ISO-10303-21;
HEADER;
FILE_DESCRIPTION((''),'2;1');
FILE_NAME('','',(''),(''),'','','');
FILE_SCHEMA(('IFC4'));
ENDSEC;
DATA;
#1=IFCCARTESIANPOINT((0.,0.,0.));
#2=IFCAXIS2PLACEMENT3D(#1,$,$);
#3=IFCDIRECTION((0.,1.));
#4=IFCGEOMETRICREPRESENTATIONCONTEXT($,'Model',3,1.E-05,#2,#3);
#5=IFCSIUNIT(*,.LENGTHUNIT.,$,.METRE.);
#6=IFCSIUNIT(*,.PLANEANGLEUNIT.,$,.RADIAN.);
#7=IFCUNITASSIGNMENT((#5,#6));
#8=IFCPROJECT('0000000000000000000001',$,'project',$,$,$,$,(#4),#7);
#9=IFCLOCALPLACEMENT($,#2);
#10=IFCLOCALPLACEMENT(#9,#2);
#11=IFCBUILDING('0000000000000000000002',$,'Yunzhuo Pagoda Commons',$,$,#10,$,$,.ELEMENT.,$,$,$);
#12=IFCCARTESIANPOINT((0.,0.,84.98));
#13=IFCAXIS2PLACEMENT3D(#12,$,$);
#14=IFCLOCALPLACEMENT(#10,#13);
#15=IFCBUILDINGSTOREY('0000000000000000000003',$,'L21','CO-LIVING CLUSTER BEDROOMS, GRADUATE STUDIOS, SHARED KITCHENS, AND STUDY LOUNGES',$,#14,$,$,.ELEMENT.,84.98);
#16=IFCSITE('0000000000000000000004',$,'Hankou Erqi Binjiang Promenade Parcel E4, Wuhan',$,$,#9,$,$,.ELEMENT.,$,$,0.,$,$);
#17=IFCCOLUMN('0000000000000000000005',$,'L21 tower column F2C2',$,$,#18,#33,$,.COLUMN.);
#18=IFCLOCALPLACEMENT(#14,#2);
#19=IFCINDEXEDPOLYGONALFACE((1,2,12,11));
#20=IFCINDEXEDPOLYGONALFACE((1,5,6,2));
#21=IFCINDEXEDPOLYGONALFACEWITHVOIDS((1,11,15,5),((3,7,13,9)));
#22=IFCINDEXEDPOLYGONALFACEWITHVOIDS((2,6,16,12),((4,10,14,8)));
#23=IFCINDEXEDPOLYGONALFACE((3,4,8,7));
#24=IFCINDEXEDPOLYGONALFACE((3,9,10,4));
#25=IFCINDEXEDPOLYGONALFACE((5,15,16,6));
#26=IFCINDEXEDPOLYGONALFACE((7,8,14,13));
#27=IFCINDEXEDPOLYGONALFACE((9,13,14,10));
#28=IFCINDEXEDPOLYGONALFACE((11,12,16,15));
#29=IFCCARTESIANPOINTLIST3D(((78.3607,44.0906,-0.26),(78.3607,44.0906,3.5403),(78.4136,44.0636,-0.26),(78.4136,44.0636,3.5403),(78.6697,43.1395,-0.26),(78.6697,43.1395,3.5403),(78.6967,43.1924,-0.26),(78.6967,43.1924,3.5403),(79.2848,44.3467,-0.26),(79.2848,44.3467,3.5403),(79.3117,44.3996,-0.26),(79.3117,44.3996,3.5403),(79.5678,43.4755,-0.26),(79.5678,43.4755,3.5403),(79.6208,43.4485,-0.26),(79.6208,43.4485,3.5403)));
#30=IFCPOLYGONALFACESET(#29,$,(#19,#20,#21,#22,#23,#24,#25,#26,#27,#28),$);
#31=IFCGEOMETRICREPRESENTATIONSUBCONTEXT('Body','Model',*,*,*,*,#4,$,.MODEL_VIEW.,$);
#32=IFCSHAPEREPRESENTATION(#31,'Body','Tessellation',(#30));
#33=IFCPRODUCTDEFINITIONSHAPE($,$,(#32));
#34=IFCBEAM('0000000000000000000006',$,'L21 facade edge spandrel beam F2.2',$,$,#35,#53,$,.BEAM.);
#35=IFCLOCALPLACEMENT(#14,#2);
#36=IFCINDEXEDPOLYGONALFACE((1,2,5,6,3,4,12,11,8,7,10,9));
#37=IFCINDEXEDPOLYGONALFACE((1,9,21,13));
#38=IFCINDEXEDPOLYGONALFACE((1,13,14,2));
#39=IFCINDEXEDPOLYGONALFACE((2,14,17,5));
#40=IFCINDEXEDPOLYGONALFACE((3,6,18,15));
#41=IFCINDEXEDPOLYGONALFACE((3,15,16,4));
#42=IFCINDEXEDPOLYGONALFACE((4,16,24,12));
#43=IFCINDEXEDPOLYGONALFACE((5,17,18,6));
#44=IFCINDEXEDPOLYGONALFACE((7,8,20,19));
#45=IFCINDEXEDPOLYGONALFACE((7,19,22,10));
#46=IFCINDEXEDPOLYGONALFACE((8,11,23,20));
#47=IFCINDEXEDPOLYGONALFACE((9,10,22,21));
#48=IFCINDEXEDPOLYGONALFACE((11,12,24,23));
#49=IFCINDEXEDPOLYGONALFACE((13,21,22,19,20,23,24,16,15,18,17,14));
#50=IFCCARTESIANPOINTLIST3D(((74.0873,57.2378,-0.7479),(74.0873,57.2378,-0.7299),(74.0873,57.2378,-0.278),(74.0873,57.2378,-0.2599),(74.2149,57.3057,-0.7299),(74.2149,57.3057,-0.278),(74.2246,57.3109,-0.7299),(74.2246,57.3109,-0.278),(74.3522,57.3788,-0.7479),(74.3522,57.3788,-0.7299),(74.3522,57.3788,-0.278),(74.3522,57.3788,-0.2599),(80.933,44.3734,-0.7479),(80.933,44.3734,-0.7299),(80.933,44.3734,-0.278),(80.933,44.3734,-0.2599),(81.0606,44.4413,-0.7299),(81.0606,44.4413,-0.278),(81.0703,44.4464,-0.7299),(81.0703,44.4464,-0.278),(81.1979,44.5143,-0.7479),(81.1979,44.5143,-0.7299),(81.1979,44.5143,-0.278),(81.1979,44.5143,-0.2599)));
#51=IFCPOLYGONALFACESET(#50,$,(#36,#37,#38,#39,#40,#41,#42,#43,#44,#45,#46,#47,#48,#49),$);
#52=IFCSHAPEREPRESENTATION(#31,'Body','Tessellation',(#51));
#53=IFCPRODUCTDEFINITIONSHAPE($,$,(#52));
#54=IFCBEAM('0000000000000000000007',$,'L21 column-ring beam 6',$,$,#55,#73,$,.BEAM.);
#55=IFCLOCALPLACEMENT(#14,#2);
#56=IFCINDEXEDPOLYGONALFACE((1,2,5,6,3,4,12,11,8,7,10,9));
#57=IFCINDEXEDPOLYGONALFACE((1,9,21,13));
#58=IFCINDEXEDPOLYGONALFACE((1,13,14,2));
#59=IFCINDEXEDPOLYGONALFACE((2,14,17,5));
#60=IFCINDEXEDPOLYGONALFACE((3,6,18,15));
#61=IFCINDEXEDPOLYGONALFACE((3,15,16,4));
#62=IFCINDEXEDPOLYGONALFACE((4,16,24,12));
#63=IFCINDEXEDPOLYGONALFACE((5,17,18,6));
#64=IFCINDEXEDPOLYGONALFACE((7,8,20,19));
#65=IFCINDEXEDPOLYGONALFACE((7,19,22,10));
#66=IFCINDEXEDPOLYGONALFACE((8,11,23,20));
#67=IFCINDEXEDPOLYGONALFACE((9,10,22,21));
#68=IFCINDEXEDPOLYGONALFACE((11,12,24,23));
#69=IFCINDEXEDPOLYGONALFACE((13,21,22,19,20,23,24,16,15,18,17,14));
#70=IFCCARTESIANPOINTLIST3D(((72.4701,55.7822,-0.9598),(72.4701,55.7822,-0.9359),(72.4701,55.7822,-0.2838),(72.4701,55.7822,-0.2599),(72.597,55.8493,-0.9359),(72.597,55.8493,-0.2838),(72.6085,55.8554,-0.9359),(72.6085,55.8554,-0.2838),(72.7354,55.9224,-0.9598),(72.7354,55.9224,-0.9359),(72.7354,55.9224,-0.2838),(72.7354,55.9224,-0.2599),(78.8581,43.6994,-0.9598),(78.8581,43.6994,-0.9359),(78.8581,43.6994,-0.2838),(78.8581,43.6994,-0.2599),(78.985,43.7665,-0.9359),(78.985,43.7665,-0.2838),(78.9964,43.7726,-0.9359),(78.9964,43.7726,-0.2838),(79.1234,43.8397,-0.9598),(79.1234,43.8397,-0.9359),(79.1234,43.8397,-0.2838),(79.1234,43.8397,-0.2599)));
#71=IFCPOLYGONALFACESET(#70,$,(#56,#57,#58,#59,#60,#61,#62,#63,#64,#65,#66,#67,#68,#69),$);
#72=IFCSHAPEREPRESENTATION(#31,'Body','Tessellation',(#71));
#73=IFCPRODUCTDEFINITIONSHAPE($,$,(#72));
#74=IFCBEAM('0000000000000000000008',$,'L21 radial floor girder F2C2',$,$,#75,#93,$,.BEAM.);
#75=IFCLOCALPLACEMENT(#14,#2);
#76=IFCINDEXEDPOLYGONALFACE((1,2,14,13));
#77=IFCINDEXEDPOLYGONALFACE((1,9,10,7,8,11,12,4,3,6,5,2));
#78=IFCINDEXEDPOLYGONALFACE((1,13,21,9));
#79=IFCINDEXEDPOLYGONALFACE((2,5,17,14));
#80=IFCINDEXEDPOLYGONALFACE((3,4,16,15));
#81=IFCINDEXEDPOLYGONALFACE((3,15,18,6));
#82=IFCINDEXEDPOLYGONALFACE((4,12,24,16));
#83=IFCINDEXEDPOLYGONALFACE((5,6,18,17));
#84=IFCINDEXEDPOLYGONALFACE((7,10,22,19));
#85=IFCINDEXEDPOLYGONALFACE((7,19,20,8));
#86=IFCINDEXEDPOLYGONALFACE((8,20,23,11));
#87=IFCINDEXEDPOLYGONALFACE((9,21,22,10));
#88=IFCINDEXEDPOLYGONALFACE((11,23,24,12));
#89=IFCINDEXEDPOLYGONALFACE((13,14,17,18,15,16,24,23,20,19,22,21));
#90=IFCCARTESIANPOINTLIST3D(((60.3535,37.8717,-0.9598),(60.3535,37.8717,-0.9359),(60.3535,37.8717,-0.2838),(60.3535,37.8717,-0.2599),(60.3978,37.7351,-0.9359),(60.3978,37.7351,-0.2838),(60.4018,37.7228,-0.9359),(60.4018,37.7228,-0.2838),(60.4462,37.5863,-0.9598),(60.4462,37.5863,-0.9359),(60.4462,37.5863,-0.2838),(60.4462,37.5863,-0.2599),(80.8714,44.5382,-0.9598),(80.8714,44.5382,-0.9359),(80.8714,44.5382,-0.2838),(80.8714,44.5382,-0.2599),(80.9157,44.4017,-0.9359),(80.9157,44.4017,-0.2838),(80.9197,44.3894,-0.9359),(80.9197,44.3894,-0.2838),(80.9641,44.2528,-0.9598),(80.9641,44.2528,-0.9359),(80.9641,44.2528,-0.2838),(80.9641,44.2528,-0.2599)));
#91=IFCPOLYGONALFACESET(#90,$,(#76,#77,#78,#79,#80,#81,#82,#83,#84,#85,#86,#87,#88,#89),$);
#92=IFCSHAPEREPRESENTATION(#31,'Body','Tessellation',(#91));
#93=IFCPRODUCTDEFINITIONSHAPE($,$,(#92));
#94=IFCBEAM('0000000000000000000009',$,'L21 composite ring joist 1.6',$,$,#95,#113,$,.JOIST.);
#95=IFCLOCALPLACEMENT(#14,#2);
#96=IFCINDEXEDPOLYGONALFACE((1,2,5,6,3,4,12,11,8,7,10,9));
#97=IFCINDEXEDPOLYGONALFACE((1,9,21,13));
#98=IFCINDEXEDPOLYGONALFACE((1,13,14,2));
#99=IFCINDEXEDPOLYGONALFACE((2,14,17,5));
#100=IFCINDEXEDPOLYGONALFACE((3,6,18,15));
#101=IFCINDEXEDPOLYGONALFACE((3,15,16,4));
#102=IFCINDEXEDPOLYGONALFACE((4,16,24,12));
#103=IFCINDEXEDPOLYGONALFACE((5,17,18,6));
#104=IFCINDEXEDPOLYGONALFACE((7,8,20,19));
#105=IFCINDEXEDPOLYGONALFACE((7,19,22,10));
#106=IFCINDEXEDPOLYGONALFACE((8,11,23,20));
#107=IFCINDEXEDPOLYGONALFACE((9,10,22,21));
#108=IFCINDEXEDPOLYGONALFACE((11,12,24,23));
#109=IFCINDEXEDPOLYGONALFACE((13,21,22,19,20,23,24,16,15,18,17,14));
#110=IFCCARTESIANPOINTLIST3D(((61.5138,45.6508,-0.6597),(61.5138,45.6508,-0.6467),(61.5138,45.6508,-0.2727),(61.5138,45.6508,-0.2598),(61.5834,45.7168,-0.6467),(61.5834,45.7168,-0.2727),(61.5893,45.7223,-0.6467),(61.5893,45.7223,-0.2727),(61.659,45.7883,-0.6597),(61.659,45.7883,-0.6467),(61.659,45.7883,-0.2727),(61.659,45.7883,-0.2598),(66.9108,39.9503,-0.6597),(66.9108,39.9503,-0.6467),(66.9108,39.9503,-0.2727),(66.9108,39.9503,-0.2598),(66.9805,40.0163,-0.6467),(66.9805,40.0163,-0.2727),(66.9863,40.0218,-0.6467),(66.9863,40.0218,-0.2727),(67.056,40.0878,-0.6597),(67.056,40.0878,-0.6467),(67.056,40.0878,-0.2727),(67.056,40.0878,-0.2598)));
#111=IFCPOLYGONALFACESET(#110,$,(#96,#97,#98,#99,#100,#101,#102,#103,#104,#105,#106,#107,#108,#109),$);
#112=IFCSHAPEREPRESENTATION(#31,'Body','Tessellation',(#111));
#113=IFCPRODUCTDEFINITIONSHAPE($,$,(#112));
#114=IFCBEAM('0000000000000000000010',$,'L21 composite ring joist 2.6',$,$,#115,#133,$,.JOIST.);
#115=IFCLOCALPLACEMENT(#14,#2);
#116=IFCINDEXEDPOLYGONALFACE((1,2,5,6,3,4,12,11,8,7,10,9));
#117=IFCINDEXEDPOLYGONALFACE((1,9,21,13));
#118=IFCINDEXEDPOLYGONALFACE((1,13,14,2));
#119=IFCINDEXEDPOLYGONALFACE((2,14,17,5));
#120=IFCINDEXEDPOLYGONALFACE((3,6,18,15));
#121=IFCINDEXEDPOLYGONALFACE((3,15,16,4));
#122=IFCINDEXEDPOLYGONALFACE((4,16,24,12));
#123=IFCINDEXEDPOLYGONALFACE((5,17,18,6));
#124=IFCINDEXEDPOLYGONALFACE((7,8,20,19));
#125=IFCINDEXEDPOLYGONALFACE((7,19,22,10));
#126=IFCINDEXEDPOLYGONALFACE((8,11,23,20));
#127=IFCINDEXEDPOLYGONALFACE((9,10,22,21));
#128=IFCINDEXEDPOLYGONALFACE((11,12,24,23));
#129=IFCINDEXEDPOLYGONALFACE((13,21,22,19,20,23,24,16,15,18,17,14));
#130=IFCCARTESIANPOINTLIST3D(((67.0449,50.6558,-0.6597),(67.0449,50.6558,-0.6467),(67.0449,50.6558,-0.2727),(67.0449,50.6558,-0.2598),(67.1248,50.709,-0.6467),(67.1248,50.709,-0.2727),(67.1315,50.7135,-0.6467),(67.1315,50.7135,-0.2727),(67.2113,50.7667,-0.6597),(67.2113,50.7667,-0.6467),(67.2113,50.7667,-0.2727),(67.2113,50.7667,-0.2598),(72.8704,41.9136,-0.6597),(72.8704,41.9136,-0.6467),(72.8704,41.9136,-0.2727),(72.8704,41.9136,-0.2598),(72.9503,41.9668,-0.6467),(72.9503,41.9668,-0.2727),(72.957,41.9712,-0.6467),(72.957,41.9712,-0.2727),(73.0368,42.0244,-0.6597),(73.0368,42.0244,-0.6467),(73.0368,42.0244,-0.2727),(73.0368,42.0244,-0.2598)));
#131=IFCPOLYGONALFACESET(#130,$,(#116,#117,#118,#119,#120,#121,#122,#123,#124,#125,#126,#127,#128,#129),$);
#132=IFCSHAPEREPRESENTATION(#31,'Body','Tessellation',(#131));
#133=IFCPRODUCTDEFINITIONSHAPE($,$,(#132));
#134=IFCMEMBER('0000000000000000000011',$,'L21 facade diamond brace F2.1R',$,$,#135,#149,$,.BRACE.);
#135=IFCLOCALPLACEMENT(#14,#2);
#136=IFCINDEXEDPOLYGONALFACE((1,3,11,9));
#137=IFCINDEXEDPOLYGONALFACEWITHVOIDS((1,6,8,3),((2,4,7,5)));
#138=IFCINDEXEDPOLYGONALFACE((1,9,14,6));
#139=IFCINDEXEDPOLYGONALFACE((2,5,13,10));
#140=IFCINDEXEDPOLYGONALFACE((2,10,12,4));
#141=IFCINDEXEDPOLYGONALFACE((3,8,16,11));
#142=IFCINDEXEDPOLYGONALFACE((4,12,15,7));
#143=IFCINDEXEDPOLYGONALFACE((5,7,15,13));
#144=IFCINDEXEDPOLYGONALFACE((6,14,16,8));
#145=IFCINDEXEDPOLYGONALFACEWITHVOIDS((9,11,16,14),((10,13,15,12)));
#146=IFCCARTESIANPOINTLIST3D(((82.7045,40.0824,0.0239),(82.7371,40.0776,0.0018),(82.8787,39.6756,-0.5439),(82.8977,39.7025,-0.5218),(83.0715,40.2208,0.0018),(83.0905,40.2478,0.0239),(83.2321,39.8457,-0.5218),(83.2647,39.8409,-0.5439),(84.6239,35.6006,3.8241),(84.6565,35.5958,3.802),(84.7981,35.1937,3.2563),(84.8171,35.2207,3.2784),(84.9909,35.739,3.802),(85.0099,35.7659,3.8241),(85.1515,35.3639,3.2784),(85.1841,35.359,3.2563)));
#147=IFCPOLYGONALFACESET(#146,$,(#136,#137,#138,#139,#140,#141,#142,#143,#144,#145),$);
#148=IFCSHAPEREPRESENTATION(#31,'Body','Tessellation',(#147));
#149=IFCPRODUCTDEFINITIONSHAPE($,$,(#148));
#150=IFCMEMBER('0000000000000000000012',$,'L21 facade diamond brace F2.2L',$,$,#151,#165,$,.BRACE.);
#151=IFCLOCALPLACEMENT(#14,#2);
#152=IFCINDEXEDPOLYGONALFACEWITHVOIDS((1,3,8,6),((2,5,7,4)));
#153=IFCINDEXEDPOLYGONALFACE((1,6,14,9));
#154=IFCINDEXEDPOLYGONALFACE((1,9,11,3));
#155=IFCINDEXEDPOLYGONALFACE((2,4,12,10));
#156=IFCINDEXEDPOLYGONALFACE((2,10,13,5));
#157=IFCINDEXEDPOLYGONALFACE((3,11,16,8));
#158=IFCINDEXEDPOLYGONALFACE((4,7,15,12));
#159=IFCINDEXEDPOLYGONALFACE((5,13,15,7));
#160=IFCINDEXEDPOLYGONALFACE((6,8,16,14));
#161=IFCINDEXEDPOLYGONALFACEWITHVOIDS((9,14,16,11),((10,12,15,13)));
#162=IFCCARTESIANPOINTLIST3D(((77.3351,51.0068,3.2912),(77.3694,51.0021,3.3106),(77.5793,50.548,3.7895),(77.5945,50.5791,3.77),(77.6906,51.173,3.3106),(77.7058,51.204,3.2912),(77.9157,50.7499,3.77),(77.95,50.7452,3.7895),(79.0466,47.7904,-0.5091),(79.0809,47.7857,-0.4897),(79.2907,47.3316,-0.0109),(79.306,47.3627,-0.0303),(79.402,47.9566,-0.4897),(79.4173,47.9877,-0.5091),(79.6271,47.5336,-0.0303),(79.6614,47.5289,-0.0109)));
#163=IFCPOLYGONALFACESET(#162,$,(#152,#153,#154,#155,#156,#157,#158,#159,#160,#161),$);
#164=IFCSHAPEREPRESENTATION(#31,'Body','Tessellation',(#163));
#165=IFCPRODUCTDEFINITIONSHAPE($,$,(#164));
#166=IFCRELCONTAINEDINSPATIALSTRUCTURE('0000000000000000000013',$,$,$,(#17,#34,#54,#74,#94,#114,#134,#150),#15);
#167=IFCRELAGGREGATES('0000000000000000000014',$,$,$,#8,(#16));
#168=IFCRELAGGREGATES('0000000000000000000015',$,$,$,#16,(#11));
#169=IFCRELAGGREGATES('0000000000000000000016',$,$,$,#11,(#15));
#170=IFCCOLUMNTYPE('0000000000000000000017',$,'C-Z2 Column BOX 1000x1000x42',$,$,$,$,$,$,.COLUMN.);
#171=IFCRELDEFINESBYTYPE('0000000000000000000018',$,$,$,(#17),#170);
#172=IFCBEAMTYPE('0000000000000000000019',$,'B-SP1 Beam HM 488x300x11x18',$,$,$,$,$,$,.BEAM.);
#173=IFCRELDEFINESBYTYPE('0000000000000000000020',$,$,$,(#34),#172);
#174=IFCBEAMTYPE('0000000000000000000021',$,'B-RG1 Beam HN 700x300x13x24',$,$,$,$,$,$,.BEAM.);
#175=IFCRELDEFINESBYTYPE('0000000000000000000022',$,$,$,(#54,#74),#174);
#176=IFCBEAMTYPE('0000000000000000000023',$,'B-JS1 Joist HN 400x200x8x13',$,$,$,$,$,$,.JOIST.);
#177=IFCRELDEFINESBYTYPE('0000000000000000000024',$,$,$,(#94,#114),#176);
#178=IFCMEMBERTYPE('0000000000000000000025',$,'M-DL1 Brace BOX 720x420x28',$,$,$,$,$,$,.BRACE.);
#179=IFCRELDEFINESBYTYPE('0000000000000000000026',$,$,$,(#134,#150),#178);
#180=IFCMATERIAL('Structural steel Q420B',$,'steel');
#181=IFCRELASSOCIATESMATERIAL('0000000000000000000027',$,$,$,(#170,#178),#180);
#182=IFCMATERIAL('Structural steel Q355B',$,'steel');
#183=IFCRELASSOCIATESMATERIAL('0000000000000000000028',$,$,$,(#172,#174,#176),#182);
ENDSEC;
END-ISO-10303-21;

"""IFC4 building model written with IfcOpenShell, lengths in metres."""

from ifc_helpers import new_model, si_unit, direction, frame, origin, origin_2d, place, context, subcontext, project, spatial, hollow_rectangle, i_section, extrude, source, transform, mapped, material, material_profile, profile_set, type_object, element, save


model = new_model("IFC4")

# Units and contexts
model_context = context("Model", 3, precision=1e-05, world=origin(), true_north=direction((0.0, 1.0)))
body_context = subcontext(model_context, "Body", "Model", "MODEL_VIEW")
ifc_project = project(units=[si_unit("LENGTHUNIT", "METRE"), si_unit("PLANEANGLEUNIT", "RADIAN")], contexts=[model_context])

# Site, building, storey
site_placement = place(None, origin())
site = spatial("IfcSite", under=ifc_project, at=site_placement, Name="Hankou Erqi Binjiang Promenade Parcel E4, Wuhan", CompositionType="ELEMENT", RefElevation=0.0)
building_placement = place(site_placement, origin())
building = spatial("IfcBuilding", under=site, at=building_placement, Name="Yunzhuo Pagoda Commons", CompositionType="ELEMENT")
storey_placement = place(building_placement, frame((0.0, 0.0, 84.98)))
storey = spatial("IfcBuildingStorey", under=building, at=storey_placement, Name="L21", Description="CO-LIVING CLUSTER BEDROOMS, GRADUATE STUDIOS, SHARED KITCHENS, AND STUDY LOUNGES", CompositionType="ELEMENT", Elevation=84.98)

# Column
ifc_material_1 = material(Name="Structural steel Q420B", Category="steel")
ifc_material_profile_1 = material_profile(ifc_material_1, hollow_rectangle(XDim=1.0, YDim=1.0, WallThickness=0.042, at=origin_2d()), Name="Structural steel Q420B")
ifc_profile_set_1 = profile_set([ifc_material_profile_1], Name="Structural steel Q420B")
column_type = type_object("IfcColumnType", Name="C-Z2 Column BOX 1000x1000x42", PredefinedType="COLUMN", material=ifc_profile_set_1)
shared_shape_1 = source(origin(), body_context, "Body", "SweptSolid", [
    extrude(hollow_rectangle(XDim=1.0, YDim=1.0, WallThickness=0.042, at=origin_2d()), origin(), (0.0, 0.0, 1.0), 3.8003),
])
column_placement = place(storey_placement, frame((78.9907, 43.7695, -0.26), z_axis=(0.0, 0.0, 1.0), x_axis=(-0.309017, 0.951057, 0.0)))
element("IfcColumn", 1, at=column_placement, inside=storey, type_object=column_type, Name="L21 tower column F2C2", PredefinedType="COLUMN", context=body_context, shape_type="MappedRepresentation", body=[
    mapped(shared_shape_1, transform((0.0, 0.0, 0.0), scale=1.0)),
])

# Beams
ifc_material_2 = material(Name="Structural steel Q355B", Category="steel")
ifc_material_profile_2 = material_profile(ifc_material_2, i_section(OverallWidth=0.3, OverallDepth=0.488, WebThickness=0.011, FlangeThickness=0.0181, at=origin_2d()), Name="Structural steel Q355B")
ifc_profile_set_2 = profile_set([ifc_material_profile_2], Name="Structural steel Q355B")
beam_type_1 = type_object("IfcBeamType", Name="B-SP1 Beam HM 488x300x11x18", PredefinedType="BEAM", material=ifc_profile_set_2)
shared_shape_2 = source(origin(), body_context, "Body", "SweptSolid", [
    extrude(i_section(OverallWidth=0.3, OverallDepth=0.488, WebThickness=0.011, FlangeThickness=0.0181, at=origin_2d()), origin(), (0.0, 0.0, 1.0), 14.5725),
])
beam_1_placement = place(storey_placement, frame((81.0654, 44.4438, -0.5039), z_axis=(-0.469767, 0.88279, 0.0), x_axis=(-0.88279, -0.469767, 0.0)))
element("IfcBeam", 2, at=beam_1_placement, inside=storey, type_object=beam_type_1, Name="L21 facade edge spandrel beam F2.2", PredefinedType="BEAM", context=body_context, shape_type="MappedRepresentation", body=[
    mapped(shared_shape_2, transform((0.0, 0.0, 0.0), scale=1.0)),
])
ifc_material_profile_3 = material_profile(ifc_material_2, i_section(OverallWidth=0.3, OverallDepth=0.7, WebThickness=0.0129, FlangeThickness=0.0239, at=origin_2d()), Name="Structural steel Q355B")
ifc_profile_set_3 = profile_set([ifc_material_profile_3], Name="Structural steel Q355B")
beam_type_2 = type_object("IfcBeamType", Name="B-RG1 Beam HN 700x300x13x24", PredefinedType="BEAM", material=ifc_profile_set_3)
shared_shape_3 = source(origin(), body_context, "Body", "SweptSolid", [
    extrude(i_section(OverallWidth=0.3, OverallDepth=0.7, WebThickness=0.0129, FlangeThickness=0.0239, at=origin_2d()), origin(), (0.0, 0.0, 1.0), 13.6675),
])
beam_2_placement = place(storey_placement, frame((78.9907, 43.7695, -0.6099), z_axis=(-0.467384, 0.884055, 0.0), x_axis=(-0.884055, -0.467384, 0.0)))
element("IfcBeam", 3, at=beam_2_placement, inside=storey, type_object=beam_type_2, Name="L21 column-ring beam 6", PredefinedType="BEAM", context=body_context, shape_type="MappedRepresentation", body=[
    mapped(shared_shape_3, transform((0.0, 0.0, 0.0), scale=1.0)),
])
shared_shape_4 = source(origin(), body_context, "Body", "SweptSolid", [
    extrude(i_section(OverallWidth=0.3, OverallDepth=0.7, WebThickness=0.0129, FlangeThickness=0.0239, at=origin_2d()), origin(), (0.0, 0.0, 1.0), 21.5737),
])
beam_3_placement = place(storey_placement, frame((80.9177, 44.3955, -0.6099), z_axis=(-0.951058, -0.309011, 0.0), x_axis=(0.309011, -0.951058, 0.0)))
element("IfcBeam", 4, at=beam_3_placement, inside=storey, type_object=beam_type_2, Name="L21 radial floor girder F2C2", PredefinedType="BEAM", context=body_context, shape_type="MappedRepresentation", body=[
    mapped(shared_shape_4, transform((0.0, 0.0, 0.0), scale=1.0)),
])
ifc_material_profile_4 = material_profile(ifc_material_2, i_section(OverallWidth=0.2, OverallDepth=0.3999, WebThickness=0.0081, FlangeThickness=0.0129, at=origin_2d()), Name="Structural steel Q355B")
ifc_profile_set_4 = profile_set([ifc_material_profile_4], Name="Structural steel Q355B")
beam_type_3 = type_object("IfcBeamType", Name="B-JS1 Joist HN 400x200x8x13", PredefinedType="JOIST", material=ifc_profile_set_4)
shared_shape_5 = source(origin(), body_context, "Body", "SweptSolid", [
    extrude(i_section(OverallWidth=0.2, OverallDepth=0.3999, WebThickness=0.0081, FlangeThickness=0.0129, at=origin_2d()), origin(), (0.0, 0.0, 1.0), 7.8501),
])
beam_4_placement = place(storey_placement, frame((66.9834, 40.019, -0.4597), z_axis=(-0.687513, 0.726172, 0.0), x_axis=(-0.726172, -0.687513, 0.0)))
element("IfcBeam", 5, at=beam_4_placement, inside=storey, type_object=beam_type_3, Name="L21 composite ring joist 1.6", PredefinedType="JOIST", context=body_context, shape_type="MappedRepresentation", body=[
    mapped(shared_shape_5, transform((0.0, 0.0, 0.0), scale=1.0)),
])
shared_shape_6 = source(origin(), body_context, "Body", "SweptSolid", [
    extrude(i_section(OverallWidth=0.2, OverallDepth=0.3999, WebThickness=0.0081, FlangeThickness=0.0129, at=origin_2d()), origin(), (0.0, 0.0, 1.0), 10.5054),
])
beam_5_placement = place(storey_placement, frame((72.9536, 41.969, -0.4597), z_axis=(-0.554523, 0.832168, 0.0), x_axis=(-0.832168, -0.554523, 0.0)))
element("IfcBeam", 6, at=beam_5_placement, inside=storey, type_object=beam_type_3, Name="L21 composite ring joist 2.6", PredefinedType="JOIST", context=body_context, shape_type="MappedRepresentation", body=[
    mapped(shared_shape_6, transform((0.0, 0.0, 0.0), scale=1.0)),
])

# Members
ifc_material_profile_5 = material_profile(ifc_material_1, hollow_rectangle(XDim=0.4199, YDim=0.72, WallThickness=0.0281, at=origin_2d()), Name="Structural steel Q420B")
ifc_profile_set_5 = profile_set([ifc_material_profile_5], Name="Structural steel Q420B")
member_type_1 = type_object("IfcMemberType", Name="M-DL1 Brace BOX 720x420x28", PredefinedType="BRACE", material=ifc_profile_set_5)
shared_shape_7 = source(origin(), body_context, "Body", "SweptSolid", [
    extrude(hollow_rectangle(XDim=0.4199, YDim=0.72, WallThickness=0.0281, at=origin_2d()), origin(), (0.0, 0.0, 1.0), 6.1816),
])
member_1_placement = place(storey_placement, frame((82.9846, 39.9617, -0.26), z_axis=(0.310499, -0.725025, 0.614759), x_axis=(0.919249, 0.393678, 0.0)))
element("IfcMember", 7, at=member_1_placement, inside=storey, type_object=member_type_1, Name="L21 facade diamond brace F2.1R", PredefinedType="BRACE", context=body_context, shape_type="MappedRepresentation", body=[
    mapped(shared_shape_7, transform((0.0, 0.0, 0.0), scale=1.0)),
])
shared_shape_8 = source(origin(), body_context, "Body", "SweptSolid", [
    extrude(hollow_rectangle(XDim=0.4199, YDim=0.72, WallThickness=0.0281, at=origin_2d()), origin(), (0.0, 0.0, 1.0), 5.2646),
])
member_2_placement = place(storey_placement, frame((79.354, 47.6597, -0.26), z_axis=(-0.325083, 0.610933, 0.72186), x_axis=(-0.882801, -0.469746, 0.0)))
element("IfcMember", 8, at=member_2_placement, inside=storey, type_object=member_type_1, Name="L21 facade diamond brace F2.2L", PredefinedType="BRACE", context=body_context, shape_type="MappedRepresentation", body=[
    mapped(shared_shape_8, transform((0.0, 0.0, 0.0), scale=1.0)),
])

save(model, "model.ifc")
